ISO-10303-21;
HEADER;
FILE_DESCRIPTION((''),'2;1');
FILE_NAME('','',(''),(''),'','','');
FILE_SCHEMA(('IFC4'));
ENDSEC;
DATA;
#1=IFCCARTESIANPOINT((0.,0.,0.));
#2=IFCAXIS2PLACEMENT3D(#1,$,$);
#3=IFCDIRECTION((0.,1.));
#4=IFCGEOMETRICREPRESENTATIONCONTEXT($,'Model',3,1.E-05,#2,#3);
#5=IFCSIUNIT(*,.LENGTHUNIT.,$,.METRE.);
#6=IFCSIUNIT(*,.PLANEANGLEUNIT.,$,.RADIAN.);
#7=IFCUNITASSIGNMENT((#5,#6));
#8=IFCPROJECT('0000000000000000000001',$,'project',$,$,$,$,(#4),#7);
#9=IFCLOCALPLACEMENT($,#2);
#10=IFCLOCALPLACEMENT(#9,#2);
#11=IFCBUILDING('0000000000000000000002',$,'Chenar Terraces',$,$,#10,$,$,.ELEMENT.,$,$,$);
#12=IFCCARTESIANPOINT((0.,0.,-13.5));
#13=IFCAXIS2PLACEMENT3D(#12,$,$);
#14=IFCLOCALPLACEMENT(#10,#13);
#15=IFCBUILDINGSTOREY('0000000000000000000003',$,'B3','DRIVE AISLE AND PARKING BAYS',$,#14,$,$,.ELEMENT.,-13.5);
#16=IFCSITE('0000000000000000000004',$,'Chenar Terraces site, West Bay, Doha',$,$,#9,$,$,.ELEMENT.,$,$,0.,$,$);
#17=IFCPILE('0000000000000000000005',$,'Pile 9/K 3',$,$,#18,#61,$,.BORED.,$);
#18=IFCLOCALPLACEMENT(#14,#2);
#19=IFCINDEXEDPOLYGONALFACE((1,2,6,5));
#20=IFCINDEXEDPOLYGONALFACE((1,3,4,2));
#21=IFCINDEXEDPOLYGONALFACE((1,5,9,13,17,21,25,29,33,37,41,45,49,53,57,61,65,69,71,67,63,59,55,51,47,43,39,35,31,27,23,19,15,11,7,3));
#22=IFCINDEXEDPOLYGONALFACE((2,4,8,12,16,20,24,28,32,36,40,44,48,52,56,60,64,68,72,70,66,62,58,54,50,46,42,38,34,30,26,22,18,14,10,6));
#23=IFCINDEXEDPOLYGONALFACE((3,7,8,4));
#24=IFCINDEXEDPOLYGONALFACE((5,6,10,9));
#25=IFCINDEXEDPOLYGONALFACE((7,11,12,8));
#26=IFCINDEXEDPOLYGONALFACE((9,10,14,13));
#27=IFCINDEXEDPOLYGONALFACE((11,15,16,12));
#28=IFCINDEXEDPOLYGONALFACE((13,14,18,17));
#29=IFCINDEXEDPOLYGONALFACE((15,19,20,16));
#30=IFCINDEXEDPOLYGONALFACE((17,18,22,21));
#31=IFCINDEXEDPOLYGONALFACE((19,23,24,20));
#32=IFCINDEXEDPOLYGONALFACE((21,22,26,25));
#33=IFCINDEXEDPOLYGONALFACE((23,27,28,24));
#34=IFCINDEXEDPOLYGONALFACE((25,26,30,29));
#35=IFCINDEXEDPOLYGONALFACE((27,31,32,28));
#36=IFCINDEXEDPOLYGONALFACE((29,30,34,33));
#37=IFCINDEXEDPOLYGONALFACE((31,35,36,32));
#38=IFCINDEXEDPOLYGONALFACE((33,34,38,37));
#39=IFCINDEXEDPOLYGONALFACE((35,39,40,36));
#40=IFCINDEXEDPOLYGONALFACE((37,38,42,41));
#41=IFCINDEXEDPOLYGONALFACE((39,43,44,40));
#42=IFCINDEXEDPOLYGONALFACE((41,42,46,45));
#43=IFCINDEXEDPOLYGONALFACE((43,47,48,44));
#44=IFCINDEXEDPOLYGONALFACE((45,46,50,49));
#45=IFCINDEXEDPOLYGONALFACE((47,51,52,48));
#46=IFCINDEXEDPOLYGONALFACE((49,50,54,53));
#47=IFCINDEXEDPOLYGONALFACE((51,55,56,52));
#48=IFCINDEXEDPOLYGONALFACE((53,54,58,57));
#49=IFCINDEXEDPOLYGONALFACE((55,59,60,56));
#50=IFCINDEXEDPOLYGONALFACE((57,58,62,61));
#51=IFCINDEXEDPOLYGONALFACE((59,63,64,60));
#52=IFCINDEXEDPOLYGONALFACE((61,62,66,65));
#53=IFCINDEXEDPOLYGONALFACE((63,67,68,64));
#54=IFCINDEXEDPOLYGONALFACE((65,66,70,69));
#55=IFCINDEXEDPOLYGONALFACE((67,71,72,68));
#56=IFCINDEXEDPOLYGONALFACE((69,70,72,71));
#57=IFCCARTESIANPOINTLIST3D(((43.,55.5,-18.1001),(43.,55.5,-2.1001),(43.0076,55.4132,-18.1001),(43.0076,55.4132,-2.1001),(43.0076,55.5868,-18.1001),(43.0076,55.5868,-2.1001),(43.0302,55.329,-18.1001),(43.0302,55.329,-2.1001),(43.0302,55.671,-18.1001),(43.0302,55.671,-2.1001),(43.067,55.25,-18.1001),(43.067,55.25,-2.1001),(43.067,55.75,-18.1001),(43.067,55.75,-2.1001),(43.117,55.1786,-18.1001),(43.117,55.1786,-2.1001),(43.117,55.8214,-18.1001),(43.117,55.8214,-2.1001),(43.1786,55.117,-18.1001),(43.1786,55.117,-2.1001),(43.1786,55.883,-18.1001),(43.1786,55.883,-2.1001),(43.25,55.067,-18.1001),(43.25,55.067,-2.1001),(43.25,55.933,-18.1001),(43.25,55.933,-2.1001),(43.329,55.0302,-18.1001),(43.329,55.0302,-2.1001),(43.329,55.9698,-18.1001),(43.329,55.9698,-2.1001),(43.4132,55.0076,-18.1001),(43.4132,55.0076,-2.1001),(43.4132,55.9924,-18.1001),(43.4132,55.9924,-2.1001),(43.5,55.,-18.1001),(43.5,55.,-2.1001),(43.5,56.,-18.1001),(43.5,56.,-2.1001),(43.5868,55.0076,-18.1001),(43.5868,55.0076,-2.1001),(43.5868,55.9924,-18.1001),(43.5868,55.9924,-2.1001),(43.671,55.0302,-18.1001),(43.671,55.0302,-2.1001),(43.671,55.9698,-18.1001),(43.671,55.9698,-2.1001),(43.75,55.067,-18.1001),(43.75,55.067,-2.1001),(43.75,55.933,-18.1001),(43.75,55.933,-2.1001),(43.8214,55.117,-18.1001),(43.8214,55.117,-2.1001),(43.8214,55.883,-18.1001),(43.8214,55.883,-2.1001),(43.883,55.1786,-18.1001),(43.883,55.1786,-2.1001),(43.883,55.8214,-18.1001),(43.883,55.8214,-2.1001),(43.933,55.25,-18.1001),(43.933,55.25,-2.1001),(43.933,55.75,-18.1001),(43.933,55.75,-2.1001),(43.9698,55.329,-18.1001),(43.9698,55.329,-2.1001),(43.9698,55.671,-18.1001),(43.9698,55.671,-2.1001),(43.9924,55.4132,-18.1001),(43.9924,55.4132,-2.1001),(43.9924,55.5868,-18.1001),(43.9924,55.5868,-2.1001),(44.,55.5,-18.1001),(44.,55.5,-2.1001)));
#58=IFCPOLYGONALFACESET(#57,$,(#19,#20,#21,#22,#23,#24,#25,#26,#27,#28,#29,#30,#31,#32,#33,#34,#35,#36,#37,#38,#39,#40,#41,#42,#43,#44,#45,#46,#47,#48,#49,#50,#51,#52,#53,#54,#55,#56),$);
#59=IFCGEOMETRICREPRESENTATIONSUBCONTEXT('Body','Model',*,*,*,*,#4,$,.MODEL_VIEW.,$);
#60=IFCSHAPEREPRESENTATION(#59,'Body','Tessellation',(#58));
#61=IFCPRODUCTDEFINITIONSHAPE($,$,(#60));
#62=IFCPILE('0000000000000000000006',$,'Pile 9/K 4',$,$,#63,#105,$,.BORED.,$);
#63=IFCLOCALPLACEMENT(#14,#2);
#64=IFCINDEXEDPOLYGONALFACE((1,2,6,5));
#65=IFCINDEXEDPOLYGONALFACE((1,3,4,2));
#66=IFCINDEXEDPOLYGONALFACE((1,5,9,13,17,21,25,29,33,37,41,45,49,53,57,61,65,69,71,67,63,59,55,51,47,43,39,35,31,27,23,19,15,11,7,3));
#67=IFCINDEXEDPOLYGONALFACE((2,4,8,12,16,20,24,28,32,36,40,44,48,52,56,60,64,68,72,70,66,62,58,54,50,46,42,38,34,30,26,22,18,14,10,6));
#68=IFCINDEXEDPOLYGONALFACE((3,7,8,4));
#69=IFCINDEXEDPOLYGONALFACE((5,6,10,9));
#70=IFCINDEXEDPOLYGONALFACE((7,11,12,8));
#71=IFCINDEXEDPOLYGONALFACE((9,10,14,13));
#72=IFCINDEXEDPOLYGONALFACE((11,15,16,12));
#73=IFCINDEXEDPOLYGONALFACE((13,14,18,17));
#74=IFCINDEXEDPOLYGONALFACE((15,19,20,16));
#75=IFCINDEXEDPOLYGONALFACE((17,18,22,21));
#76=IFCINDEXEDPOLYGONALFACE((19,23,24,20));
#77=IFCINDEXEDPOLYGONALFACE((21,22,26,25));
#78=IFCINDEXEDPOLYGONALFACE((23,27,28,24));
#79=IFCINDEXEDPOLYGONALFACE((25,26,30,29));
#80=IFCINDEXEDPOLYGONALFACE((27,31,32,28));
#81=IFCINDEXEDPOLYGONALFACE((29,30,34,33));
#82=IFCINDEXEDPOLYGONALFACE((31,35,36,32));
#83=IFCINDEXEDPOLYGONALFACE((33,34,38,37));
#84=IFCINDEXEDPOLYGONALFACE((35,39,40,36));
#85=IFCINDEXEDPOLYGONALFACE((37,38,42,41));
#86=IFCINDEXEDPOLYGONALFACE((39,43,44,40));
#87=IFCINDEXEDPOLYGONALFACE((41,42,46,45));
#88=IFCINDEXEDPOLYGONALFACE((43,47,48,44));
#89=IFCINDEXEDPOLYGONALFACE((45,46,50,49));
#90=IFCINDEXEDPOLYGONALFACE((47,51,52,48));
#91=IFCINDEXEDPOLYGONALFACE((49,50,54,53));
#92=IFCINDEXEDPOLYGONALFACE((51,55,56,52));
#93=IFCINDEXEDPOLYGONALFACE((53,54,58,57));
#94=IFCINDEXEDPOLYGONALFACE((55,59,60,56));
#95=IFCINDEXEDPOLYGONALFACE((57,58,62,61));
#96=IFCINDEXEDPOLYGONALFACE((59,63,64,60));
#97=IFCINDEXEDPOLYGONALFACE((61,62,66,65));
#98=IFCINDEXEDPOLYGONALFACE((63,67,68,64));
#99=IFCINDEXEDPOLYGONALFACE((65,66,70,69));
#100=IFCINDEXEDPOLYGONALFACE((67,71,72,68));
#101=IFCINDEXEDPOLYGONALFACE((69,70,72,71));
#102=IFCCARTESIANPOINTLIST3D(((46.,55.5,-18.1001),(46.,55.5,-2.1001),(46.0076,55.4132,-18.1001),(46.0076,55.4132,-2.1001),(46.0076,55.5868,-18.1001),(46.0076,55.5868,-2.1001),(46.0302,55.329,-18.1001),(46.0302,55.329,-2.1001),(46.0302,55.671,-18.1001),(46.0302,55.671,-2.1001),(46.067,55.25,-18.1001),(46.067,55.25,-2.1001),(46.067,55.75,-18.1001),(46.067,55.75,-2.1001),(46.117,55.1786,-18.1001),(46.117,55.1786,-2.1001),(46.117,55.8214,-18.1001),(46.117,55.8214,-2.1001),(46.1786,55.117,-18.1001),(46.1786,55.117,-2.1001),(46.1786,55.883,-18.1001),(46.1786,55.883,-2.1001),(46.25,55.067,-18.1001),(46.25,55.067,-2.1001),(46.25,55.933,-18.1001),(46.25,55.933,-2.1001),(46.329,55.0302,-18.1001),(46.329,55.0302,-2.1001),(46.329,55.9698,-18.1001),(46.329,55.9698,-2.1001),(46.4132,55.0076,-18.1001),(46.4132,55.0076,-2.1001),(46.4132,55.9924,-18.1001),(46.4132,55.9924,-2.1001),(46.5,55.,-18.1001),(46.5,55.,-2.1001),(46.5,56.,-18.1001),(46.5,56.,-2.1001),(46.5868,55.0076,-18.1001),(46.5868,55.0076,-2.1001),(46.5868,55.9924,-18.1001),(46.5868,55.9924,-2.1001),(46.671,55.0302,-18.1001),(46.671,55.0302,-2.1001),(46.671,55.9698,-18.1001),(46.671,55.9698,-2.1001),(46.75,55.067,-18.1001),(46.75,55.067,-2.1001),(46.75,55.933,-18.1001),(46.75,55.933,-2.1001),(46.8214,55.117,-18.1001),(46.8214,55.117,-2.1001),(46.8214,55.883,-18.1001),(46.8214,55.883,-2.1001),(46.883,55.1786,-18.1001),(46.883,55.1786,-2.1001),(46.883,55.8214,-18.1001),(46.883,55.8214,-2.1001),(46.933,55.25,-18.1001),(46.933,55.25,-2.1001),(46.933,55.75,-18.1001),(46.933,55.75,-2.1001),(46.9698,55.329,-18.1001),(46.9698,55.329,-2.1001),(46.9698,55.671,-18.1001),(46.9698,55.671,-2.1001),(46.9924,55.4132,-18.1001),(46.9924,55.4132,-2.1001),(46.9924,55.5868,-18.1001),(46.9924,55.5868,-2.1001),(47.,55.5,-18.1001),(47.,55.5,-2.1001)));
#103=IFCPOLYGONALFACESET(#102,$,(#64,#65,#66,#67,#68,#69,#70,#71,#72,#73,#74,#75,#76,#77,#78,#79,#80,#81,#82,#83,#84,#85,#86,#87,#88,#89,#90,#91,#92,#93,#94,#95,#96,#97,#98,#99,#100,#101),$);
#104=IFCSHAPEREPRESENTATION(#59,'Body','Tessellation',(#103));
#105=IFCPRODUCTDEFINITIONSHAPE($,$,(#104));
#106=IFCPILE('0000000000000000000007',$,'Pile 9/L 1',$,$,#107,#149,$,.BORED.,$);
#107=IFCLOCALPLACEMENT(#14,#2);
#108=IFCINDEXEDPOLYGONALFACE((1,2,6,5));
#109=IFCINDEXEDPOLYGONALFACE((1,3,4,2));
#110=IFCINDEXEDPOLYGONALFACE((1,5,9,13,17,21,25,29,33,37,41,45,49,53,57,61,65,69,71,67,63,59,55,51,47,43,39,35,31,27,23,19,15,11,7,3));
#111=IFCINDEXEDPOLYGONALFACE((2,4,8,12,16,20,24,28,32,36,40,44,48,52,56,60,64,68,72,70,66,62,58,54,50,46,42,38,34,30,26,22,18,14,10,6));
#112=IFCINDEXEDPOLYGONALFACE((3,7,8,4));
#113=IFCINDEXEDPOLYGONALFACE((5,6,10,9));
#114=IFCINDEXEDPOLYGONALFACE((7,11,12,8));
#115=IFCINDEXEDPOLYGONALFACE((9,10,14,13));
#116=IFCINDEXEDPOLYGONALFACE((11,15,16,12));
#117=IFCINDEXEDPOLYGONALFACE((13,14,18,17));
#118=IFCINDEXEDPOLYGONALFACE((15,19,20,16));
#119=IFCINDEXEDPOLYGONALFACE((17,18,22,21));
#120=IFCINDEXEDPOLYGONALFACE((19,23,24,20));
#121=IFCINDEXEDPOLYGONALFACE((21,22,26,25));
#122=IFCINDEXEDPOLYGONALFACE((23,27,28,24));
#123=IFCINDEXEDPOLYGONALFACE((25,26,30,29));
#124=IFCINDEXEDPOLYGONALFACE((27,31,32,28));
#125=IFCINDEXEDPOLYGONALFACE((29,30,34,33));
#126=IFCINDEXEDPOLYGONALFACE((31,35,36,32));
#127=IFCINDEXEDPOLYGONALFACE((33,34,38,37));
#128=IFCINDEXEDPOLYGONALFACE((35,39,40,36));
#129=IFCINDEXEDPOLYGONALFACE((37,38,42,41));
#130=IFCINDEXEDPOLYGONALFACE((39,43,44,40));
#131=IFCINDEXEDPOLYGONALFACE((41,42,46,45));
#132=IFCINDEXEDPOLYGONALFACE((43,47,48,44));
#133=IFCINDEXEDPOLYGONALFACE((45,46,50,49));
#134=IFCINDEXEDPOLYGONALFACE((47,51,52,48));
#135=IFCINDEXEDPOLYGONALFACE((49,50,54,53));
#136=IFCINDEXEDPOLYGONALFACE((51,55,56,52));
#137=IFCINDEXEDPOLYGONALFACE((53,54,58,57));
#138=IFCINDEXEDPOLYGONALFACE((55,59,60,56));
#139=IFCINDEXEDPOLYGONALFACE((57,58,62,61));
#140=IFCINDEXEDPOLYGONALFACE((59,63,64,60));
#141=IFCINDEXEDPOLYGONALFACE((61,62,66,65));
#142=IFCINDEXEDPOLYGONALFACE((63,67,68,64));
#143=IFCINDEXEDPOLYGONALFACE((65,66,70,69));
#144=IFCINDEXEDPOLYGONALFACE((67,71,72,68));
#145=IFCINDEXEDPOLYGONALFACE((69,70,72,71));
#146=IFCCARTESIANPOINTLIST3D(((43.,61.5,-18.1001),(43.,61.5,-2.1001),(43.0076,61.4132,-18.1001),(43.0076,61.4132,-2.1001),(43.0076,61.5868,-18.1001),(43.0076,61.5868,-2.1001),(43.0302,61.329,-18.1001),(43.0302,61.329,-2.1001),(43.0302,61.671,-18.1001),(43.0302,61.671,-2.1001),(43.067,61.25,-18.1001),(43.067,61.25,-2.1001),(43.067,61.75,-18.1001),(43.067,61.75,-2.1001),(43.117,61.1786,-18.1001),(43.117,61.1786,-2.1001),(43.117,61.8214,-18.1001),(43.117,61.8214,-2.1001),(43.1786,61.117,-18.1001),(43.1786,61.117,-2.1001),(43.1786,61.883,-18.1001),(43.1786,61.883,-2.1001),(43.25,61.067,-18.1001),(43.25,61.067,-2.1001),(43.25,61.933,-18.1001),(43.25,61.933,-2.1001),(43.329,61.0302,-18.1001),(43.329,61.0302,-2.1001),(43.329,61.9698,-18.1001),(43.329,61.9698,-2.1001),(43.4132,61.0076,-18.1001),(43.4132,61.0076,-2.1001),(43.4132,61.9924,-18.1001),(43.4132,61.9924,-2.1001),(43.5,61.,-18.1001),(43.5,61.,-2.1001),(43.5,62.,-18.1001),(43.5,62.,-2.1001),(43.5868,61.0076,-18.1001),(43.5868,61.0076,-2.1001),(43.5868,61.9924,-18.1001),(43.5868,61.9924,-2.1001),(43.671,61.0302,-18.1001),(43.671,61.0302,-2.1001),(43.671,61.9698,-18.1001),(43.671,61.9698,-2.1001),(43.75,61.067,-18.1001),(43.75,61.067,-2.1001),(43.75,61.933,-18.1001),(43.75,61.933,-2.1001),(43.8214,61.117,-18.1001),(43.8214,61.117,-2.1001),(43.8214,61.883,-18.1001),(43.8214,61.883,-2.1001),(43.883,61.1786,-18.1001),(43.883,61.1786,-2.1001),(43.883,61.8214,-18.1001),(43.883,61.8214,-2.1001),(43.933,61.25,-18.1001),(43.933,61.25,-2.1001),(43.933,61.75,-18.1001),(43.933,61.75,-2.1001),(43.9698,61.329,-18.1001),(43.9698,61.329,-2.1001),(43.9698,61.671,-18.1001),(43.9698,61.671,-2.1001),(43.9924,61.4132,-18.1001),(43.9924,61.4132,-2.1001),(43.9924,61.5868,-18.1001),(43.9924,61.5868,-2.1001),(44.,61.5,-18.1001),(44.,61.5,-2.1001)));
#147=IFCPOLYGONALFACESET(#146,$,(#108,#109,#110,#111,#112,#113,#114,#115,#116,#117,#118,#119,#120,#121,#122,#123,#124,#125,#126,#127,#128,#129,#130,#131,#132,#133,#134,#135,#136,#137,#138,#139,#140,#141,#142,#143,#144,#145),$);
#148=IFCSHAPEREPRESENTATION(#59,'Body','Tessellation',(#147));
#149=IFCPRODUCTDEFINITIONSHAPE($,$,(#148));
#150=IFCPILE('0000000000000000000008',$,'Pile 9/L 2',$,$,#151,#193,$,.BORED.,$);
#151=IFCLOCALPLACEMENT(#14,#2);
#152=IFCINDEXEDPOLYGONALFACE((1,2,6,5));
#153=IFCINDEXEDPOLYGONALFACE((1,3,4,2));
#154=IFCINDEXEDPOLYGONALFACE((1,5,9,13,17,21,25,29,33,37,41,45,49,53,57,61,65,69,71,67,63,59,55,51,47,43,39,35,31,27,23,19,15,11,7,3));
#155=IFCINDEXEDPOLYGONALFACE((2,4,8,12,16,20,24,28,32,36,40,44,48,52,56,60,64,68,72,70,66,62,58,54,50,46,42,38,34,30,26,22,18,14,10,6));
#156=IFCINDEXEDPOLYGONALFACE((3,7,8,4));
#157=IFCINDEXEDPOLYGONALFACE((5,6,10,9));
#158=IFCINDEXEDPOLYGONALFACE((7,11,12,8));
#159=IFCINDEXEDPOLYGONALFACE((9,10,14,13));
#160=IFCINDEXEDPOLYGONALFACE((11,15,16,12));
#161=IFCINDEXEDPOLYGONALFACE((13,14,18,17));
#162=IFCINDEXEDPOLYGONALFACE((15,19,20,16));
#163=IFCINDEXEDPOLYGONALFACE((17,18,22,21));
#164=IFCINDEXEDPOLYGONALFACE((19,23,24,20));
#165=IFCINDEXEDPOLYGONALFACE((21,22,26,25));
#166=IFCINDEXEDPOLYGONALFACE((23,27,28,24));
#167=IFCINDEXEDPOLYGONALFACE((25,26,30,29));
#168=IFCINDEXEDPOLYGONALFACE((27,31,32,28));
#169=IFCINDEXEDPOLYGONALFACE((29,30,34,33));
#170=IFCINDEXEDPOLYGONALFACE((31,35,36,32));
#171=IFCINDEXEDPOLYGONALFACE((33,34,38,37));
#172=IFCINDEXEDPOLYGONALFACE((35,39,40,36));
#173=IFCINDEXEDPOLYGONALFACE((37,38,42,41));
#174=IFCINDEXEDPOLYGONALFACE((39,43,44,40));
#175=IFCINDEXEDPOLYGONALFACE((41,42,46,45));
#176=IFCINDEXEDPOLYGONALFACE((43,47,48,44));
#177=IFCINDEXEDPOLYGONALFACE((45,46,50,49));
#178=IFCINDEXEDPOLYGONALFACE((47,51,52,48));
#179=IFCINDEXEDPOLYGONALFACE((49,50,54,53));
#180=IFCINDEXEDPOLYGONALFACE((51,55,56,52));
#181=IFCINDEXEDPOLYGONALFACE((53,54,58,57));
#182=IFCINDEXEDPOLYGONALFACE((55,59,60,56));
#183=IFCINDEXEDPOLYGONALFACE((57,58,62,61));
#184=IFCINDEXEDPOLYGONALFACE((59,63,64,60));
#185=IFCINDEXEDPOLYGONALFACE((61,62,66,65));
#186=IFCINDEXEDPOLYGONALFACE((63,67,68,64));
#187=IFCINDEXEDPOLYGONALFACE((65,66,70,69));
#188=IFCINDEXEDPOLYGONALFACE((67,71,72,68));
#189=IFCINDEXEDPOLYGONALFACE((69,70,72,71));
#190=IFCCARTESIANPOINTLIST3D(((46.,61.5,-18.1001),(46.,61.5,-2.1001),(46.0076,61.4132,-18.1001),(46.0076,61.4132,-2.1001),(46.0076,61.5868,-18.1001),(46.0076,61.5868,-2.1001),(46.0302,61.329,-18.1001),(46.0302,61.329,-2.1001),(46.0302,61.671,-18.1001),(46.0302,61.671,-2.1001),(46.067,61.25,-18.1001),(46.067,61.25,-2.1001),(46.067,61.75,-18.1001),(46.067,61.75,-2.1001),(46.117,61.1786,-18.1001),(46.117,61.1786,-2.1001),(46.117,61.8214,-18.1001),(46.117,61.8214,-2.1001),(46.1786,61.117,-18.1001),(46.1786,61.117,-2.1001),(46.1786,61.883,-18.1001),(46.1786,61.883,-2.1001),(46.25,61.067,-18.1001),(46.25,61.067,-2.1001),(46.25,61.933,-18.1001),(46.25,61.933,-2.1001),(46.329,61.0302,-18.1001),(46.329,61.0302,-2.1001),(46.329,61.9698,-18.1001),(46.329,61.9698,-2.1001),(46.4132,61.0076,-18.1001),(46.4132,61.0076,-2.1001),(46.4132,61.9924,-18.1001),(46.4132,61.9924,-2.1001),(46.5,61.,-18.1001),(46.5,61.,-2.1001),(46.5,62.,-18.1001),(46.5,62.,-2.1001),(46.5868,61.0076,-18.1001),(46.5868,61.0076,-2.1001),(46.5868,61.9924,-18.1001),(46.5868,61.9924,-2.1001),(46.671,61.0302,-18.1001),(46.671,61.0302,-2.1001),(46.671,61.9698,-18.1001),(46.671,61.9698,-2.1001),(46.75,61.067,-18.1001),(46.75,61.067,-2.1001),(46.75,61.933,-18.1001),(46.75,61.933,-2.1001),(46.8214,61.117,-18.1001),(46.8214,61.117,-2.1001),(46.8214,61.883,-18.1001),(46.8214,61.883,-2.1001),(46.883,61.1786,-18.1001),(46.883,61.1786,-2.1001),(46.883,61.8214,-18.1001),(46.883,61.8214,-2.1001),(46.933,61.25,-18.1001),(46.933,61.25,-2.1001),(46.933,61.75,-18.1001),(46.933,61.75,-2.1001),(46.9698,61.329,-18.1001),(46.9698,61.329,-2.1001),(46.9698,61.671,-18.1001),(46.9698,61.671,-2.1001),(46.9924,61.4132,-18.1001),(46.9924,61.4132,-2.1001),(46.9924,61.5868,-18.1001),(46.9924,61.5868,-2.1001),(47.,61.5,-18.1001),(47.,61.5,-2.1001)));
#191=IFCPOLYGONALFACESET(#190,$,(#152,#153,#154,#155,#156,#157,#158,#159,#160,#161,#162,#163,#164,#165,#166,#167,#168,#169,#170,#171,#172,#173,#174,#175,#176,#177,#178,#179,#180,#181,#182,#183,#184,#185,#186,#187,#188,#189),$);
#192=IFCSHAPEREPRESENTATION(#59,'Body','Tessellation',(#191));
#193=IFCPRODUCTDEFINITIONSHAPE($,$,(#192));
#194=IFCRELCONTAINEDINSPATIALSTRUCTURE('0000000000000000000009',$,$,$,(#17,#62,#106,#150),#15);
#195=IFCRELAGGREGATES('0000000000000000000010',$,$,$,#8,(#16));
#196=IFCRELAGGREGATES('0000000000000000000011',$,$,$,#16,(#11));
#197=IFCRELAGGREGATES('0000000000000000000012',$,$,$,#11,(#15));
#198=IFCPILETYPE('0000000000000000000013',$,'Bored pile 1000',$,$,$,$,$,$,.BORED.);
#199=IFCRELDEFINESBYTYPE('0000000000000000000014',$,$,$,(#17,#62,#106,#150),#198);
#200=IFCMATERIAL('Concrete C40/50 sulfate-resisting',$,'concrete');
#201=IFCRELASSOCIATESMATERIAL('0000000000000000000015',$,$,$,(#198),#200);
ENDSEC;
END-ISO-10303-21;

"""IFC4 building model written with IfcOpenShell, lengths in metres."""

from ifc_helpers import new_model, si_unit, direction, frame, origin, origin_2d, place, context, subcontext, project, spatial, circle, extrude, material, material_profile, profile_set, type_object, element, save


model = new_model("IFC4")

# Units and contexts
model_context = context("Model", 3, precision=1e-05, world=origin(), true_north=direction((0.0, 1.0)))
body_context = subcontext(model_context, "Body", "Model", "MODEL_VIEW")
ifc_project = project(units=[si_unit("LENGTHUNIT", "METRE"), si_unit("PLANEANGLEUNIT", "RADIAN")], contexts=[model_context])

# Site, building, storey
site_placement = place(None, origin())
site = spatial("IfcSite", under=ifc_project, at=site_placement, Name="Chenar Terraces site, West Bay, Doha", CompositionType="ELEMENT", RefElevation=0.0)
building_placement = place(site_placement, origin())
building = spatial("IfcBuilding", under=site, at=building_placement, Name="Chenar Terraces", CompositionType="ELEMENT")
storey_placement = place(building_placement, frame((0.0, 0.0, -13.5)))
storey = spatial("IfcBuildingStorey", under=building, at=storey_placement, Name="B3", Description="DRIVE AISLE AND PARKING BAYS", CompositionType="ELEMENT", Elevation=-13.5)

# Piles
ifc_material_1 = material(Name="Concrete C40/50 sulfate-resisting", Category="concrete")
ifc_material_profile_1 = material_profile(ifc_material_1, circle(Radius=0.5, at=origin_2d()), Name="BP 1000")
ifc_profile_set_1 = profile_set([ifc_material_profile_1], Name="Concrete C40/50 sulfate-resisting")
pile_type_1 = type_object("IfcPileType", Name="Bored pile 1000", PredefinedType="BORED", material=ifc_profile_set_1)
for number, where, z_axis, x_axis, name in (
    (1, (43.5, 55.5, -2.1001), (0.0, 0.0, -1.0), (1.0, 0.0, 0.0), "Pile 9/K 3"),
    (2, (46.5, 55.5, -2.1001), (0.0, 0.0, -1.0), (1.0, 0.0, 0.0), "Pile 9/K 4"),
    (3, (43.5, 61.5, -2.1001), (0.0, 0.0, -1.0), (1.0, 0.0, 0.0), "Pile 9/L 1"),
    (4, (46.5, 61.5, -2.1001), (0.0, 0.0, -1.0), (1.0, 0.0, 0.0), "Pile 9/L 2"),
):
    element("IfcPile", number, at=place(storey_placement, frame(where, z_axis=z_axis, x_axis=x_axis)), inside=storey, type_object=pile_type_1, Name=name, PredefinedType="BORED", context=body_context, shape_type="SweptSolid", body=[
        extrude(circle(Radius=0.5, at=origin_2d()), origin(), (0.0, 0.0, 1.0), 16.0),
    ])

save(model, "model.ifc")
